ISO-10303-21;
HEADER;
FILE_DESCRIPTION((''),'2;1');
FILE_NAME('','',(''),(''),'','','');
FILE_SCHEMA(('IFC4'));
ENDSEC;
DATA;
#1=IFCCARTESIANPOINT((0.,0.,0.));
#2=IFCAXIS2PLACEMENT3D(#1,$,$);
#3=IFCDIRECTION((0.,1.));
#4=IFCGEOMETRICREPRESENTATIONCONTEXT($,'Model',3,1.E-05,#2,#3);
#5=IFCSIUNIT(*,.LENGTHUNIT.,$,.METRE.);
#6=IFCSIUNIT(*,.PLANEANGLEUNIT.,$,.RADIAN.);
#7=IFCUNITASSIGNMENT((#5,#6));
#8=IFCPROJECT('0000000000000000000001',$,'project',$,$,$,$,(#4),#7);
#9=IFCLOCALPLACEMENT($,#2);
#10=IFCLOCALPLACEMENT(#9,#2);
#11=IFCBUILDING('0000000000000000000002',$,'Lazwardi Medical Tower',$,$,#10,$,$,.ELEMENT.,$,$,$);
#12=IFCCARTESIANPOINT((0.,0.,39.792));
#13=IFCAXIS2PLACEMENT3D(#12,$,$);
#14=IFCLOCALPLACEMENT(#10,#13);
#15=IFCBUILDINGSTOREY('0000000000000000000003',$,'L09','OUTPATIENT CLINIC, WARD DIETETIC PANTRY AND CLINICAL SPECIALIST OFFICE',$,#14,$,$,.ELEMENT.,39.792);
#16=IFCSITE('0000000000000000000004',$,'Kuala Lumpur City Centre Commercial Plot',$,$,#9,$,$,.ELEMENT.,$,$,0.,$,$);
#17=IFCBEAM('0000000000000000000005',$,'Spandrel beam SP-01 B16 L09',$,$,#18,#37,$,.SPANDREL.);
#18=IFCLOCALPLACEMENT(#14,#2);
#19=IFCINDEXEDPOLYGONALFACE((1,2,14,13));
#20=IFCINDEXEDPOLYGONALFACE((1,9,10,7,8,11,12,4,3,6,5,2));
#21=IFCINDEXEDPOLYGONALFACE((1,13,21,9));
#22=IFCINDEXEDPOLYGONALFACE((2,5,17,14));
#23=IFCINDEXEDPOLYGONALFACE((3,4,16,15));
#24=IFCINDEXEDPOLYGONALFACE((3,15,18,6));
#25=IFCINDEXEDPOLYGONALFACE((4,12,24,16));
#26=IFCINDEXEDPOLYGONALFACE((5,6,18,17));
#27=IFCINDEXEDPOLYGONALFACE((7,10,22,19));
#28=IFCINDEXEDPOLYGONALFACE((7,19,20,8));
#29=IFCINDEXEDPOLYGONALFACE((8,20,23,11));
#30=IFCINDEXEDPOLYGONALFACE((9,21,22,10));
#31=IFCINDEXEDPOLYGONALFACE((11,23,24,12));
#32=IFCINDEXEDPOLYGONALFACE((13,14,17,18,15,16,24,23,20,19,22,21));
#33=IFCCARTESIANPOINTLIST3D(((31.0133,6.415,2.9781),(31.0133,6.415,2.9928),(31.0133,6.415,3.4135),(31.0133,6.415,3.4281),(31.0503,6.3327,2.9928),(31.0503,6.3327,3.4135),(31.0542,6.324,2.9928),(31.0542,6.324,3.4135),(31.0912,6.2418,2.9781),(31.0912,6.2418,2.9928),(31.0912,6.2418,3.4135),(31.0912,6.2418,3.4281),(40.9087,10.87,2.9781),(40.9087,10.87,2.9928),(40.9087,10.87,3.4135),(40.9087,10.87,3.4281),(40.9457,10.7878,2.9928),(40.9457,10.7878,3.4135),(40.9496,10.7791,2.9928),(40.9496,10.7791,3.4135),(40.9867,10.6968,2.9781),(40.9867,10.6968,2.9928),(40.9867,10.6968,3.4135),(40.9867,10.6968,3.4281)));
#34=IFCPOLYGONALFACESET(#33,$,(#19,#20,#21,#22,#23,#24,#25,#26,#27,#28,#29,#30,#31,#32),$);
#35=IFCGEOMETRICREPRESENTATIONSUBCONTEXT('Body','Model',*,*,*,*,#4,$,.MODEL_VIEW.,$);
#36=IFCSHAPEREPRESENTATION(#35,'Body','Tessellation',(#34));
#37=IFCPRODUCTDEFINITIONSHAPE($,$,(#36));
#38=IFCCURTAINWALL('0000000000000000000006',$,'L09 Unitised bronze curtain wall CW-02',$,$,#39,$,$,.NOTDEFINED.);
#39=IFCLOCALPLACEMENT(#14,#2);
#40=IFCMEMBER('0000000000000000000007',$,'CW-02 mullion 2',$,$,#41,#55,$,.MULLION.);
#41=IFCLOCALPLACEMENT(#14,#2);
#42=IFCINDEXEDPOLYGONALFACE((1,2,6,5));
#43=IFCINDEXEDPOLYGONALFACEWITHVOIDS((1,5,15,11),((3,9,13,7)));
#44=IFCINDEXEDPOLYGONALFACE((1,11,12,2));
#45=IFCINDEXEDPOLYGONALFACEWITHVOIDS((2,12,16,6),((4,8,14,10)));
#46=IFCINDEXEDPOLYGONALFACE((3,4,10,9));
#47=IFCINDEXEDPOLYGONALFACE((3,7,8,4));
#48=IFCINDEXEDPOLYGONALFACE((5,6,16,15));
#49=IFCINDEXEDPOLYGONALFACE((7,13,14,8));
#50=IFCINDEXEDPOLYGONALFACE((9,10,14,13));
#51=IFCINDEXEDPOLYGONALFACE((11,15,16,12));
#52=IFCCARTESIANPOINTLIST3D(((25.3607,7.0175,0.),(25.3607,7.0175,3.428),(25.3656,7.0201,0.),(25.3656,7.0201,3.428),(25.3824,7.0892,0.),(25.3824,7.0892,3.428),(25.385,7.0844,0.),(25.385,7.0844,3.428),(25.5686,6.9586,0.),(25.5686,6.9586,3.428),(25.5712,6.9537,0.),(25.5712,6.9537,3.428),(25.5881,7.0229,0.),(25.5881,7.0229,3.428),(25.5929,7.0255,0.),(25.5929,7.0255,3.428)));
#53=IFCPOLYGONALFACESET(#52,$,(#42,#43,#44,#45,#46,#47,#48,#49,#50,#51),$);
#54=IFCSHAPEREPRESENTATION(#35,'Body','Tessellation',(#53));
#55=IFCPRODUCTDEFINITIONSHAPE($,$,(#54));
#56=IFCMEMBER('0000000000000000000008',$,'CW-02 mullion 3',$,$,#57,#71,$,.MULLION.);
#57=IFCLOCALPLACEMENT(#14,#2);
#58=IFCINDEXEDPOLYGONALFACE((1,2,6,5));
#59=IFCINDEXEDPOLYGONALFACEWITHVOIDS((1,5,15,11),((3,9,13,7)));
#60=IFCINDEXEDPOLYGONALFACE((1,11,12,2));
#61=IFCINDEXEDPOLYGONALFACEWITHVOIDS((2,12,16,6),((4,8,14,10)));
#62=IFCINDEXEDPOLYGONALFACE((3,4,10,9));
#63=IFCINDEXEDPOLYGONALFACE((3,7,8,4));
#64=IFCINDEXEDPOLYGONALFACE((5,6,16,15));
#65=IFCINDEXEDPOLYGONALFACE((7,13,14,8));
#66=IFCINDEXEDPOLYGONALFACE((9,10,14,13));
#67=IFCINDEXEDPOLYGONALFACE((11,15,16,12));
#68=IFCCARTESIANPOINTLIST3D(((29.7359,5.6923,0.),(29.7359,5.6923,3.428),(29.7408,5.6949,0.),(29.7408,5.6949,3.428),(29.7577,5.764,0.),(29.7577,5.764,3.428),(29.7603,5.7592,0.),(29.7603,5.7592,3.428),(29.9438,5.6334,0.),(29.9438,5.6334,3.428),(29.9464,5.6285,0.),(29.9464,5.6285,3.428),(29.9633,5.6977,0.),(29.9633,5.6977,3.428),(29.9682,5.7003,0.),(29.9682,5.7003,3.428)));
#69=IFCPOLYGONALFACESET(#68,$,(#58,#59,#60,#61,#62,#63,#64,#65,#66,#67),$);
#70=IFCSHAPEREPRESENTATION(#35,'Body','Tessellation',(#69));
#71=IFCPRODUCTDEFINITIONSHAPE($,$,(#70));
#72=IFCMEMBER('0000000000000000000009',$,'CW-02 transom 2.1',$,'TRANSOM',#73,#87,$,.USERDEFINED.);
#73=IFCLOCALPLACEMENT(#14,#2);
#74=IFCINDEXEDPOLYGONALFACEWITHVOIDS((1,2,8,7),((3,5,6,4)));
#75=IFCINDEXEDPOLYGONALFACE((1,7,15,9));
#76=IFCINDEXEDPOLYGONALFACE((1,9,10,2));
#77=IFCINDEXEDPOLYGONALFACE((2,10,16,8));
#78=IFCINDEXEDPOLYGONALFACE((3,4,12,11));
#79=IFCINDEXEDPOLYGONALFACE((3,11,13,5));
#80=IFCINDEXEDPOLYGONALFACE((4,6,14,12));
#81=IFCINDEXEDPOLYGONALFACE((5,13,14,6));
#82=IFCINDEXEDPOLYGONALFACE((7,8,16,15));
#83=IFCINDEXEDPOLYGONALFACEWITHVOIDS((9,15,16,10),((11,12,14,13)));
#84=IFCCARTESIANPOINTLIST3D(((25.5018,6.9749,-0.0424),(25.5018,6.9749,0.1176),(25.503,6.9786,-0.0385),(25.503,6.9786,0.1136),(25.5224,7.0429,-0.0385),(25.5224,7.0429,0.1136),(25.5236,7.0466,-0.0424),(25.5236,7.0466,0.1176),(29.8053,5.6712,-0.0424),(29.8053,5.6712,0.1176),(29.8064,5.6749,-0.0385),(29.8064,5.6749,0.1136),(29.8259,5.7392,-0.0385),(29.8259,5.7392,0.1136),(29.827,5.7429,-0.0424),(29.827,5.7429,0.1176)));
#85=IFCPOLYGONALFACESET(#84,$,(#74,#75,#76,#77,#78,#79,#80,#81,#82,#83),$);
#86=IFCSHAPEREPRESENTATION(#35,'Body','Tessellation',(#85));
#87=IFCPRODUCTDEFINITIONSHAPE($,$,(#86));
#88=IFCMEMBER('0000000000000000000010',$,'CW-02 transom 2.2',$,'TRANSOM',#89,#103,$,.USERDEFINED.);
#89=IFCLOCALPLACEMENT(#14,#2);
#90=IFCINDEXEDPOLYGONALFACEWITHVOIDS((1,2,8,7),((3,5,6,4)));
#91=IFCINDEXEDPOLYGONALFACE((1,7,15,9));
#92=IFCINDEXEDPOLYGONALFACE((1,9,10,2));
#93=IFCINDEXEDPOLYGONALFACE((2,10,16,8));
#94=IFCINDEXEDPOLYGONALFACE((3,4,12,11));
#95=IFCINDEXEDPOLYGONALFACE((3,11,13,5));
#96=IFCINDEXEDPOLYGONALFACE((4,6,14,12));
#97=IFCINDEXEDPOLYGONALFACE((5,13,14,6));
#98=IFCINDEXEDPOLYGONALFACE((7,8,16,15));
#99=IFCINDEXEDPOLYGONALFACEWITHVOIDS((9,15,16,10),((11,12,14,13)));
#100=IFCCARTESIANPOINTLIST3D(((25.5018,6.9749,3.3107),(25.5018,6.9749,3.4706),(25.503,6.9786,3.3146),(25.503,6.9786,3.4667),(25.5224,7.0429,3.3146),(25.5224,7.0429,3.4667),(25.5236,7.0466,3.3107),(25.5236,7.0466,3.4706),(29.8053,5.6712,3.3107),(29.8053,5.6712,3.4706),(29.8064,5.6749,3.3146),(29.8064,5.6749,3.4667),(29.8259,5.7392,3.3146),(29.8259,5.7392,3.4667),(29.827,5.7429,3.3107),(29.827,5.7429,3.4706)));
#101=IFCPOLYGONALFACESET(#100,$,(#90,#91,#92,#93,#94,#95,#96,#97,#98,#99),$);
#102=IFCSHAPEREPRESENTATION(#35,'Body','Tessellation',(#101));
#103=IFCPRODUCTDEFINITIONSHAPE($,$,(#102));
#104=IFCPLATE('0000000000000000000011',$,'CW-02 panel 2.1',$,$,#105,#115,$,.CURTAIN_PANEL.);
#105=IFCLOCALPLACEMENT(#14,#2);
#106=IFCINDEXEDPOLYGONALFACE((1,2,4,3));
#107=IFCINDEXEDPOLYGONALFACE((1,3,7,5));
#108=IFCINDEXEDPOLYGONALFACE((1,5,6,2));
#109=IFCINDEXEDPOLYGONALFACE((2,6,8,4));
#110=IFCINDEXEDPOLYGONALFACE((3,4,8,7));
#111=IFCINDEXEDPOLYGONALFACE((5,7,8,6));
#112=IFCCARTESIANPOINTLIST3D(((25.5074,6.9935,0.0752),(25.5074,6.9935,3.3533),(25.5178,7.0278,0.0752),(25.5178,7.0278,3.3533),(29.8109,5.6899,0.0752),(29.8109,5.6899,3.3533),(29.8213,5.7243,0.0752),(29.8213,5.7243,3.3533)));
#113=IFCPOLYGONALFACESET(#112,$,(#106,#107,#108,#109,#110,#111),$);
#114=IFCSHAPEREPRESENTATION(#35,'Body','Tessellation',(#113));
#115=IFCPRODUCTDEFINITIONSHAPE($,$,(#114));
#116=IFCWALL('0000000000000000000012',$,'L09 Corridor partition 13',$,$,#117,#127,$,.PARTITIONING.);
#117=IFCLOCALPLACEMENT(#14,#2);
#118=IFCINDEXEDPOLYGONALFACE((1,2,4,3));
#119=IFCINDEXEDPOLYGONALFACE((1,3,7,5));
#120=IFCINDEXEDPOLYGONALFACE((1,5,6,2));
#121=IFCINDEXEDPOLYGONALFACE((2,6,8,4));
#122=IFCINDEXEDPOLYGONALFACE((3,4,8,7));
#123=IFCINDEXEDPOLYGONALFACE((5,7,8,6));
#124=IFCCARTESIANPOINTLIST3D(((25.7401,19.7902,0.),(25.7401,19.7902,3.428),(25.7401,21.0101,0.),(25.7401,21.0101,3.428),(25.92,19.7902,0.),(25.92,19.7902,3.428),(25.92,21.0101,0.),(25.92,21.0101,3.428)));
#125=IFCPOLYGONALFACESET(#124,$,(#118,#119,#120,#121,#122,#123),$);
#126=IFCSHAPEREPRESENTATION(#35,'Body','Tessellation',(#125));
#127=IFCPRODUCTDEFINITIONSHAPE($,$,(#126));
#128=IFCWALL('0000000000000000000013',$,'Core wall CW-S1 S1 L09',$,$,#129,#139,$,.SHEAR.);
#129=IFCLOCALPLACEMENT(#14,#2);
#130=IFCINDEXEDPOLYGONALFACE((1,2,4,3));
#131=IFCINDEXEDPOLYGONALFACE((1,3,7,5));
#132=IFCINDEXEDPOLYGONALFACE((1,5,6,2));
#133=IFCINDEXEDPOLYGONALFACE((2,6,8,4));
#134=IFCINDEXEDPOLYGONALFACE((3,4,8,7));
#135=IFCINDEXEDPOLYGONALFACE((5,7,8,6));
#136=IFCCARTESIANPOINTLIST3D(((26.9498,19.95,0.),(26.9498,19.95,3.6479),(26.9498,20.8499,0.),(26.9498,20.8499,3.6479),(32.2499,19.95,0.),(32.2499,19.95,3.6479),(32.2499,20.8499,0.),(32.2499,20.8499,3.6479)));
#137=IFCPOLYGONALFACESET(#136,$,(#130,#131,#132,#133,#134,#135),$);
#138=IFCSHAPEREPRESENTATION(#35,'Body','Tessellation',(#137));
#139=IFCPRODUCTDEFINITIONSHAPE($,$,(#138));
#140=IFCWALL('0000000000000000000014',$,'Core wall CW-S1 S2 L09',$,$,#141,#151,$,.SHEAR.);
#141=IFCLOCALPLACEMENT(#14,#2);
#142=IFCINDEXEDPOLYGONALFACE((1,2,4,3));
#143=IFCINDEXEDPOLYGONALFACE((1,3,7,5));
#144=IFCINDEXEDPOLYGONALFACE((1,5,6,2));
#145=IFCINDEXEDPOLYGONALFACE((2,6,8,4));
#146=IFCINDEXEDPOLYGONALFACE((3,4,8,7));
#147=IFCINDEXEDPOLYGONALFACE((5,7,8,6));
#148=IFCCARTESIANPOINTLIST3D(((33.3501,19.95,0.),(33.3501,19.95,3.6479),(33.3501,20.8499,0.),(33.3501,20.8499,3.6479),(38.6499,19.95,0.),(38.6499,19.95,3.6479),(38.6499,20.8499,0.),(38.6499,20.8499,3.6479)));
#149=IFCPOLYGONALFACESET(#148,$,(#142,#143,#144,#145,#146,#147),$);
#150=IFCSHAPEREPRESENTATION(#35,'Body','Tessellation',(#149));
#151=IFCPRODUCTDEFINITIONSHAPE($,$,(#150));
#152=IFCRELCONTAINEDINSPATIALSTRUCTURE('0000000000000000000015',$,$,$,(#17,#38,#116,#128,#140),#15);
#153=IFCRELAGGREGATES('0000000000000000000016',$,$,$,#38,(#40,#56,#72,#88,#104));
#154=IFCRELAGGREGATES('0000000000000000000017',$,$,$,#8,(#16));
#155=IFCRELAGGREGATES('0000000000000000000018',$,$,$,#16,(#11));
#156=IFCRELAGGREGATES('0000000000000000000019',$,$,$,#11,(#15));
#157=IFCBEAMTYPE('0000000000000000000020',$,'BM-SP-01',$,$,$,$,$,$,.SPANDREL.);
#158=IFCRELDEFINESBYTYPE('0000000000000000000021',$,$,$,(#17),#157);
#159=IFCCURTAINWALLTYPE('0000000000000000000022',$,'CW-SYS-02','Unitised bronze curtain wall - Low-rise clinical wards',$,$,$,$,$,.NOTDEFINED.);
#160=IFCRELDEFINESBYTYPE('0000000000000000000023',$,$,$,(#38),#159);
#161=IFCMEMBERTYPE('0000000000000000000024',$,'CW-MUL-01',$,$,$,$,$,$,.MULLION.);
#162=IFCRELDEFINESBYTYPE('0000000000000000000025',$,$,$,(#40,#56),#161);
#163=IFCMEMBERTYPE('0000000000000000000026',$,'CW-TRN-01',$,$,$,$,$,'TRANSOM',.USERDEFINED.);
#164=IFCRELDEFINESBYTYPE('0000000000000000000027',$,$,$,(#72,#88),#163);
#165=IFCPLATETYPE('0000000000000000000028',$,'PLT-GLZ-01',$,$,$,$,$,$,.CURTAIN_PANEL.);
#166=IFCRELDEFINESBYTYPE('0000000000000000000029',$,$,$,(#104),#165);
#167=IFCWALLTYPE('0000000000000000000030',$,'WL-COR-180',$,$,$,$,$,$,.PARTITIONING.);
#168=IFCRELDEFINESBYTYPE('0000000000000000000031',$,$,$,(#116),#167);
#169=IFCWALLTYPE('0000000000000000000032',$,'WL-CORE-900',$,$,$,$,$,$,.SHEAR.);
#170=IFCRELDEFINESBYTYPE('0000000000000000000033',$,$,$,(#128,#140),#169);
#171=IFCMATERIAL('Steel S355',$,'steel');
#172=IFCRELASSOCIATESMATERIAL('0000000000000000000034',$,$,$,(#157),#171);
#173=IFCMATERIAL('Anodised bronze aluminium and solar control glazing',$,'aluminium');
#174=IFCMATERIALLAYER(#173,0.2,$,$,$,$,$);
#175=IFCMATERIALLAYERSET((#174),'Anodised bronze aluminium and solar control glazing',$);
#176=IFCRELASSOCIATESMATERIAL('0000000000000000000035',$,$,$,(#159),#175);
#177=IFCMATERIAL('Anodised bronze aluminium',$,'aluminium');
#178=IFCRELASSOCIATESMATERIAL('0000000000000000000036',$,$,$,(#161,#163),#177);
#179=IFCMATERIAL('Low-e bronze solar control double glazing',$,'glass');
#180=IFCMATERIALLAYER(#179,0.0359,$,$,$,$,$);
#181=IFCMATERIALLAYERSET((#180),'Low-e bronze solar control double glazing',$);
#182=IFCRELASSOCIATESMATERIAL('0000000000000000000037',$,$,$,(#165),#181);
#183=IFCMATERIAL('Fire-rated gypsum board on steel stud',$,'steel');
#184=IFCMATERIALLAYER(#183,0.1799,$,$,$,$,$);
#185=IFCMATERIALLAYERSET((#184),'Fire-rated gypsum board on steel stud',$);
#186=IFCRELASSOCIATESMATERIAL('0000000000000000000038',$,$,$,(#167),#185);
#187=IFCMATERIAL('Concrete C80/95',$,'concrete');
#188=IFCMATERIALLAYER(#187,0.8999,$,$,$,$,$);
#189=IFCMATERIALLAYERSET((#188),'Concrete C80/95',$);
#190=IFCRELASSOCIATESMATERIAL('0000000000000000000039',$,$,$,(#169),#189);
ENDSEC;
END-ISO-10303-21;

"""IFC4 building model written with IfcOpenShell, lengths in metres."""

from ifc_helpers import new_model, si_unit, direction, frame, frame_2d, origin, origin_2d, place, context, subcontext, project, spatial, rectangle, hollow_rectangle, i_section, extrude, material, layer, layer_set, material_profile, profile_set, type_object, element, aggregate, save


model = new_model("IFC4")

# Units and contexts
model_context = context("Model", 3, precision=1e-05, world=origin(), true_north=direction((0.0, 1.0)))
body_context = subcontext(model_context, "Body", "Model", "MODEL_VIEW")
ifc_project = project(units=[si_unit("LENGTHUNIT", "METRE"), si_unit("PLANEANGLEUNIT", "RADIAN")], contexts=[model_context])

# Site, building, storey
site_placement = place(None, origin())
site = spatial("IfcSite", under=ifc_project, at=site_placement, Name="Kuala Lumpur City Centre Commercial Plot", CompositionType="ELEMENT", RefElevation=0.0)
building_placement = place(site_placement, origin())
building = spatial("IfcBuilding", under=site, at=building_placement, Name="Lazwardi Medical Tower", CompositionType="ELEMENT")
storey_placement = place(building_placement, frame((0.0, 0.0, 39.792)))
storey = spatial("IfcBuildingStorey", under=building, at=storey_placement, Name="L09", Description="OUTPATIENT CLINIC, WARD DIETETIC PANTRY AND CLINICAL SPECIALIST OFFICE", CompositionType="ELEMENT", Elevation=39.792)

# Shared definitions
ifc_material_1 = material(Name="Concrete C80/95", Category="concrete")

# Beam
ifc_material_2 = material(Name="Steel S355", Category="steel")
ifc_material_profile_1 = material_profile(ifc_material_2, i_section(OverallWidth=0.1899, OverallDepth=0.45, WebThickness=0.0095, FlangeThickness=0.0146, at=origin_2d()), Name="IPE 450")
ifc_profile_set_1 = profile_set([ifc_material_profile_1], Name="Steel S355")
beam_type_1 = type_object("IfcBeamType", Name="BM-SP-01", PredefinedType="SPANDREL", material=ifc_profile_set_1)
beam_1_placement = place(storey_placement, frame((31.0522, 6.3284, 3.2031), z_axis=(0.911849, 0.410526, 0.0), x_axis=(-0.410526, 0.911849, 0.0)))
element("IfcBeam", 1, at=beam_1_placement, inside=storey, type_object=beam_type_1, Name="Spandrel beam SP-01 B16 L09", PredefinedType="SPANDREL", context=body_context, shape_type="SweptSolid", body=[
    extrude(i_section(OverallWidth=0.1899, OverallDepth=0.45, WebThickness=0.0095, FlangeThickness=0.0146, at=origin_2d()), origin(), (0.0, 0.0, 1.0), 10.8521),
])

# Curtain wall, members, plate
ifc_material_3 = material(Name="Anodised bronze aluminium and solar control glazing", Category="aluminium")
ifc_layer_1 = layer(ifc_material_3, 0.2)
ifc_layer_set_1 = layer_set([ifc_layer_1], Name="Anodised bronze aluminium and solar control glazing")
curtain_wall_type = type_object("IfcCurtainWallType", Name="CW-SYS-02", Description="Unitised bronze curtain wall - Low-rise clinical wards", PredefinedType="NOTDEFINED", material=ifc_layer_set_1)
curtain_wall_placement = place(storey_placement, origin())
curtain_wall = element("IfcCurtainWall", 2, at=curtain_wall_placement, inside=storey, type_object=curtain_wall_type, Name="L09 Unitised bronze curtain wall CW-02", PredefinedType="NOTDEFINED")
ifc_material_4 = material(Name="Anodised bronze aluminium", Category="aluminium")
ifc_material_profile_2 = material_profile(ifc_material_4, hollow_rectangle(XDim=0.075, YDim=0.22, WallThickness=0.0039, at=origin_2d()), Name="ALU-MULLION 220x75x4")
ifc_profile_set_2 = profile_set([ifc_material_profile_2], Name="Anodised bronze aluminium")
member_type_1 = type_object("IfcMemberType", Name="CW-MUL-01", PredefinedType="MULLION", material=ifc_profile_set_2)
member_1_placement = place(storey_placement, frame((25.4768, 7.0215, 0.0), z_axis=(0.0, 0.0, 1.0), x_axis=(0.289896, 0.957058, 0.0)))
member_1 = element("IfcMember", 3, at=member_1_placement, type_object=member_type_1, Name="CW-02 mullion 2", PredefinedType="MULLION", context=body_context, shape_type="SweptSolid", body=[
    extrude(hollow_rectangle(XDim=0.075, YDim=0.22, WallThickness=0.0039, at=origin_2d()), origin(), (0.0, 0.0, 1.0), 3.428),
])
member_2_placement = place(storey_placement, frame((29.8521, 5.6963, 0.0), z_axis=(0.0, 0.0, 1.0), x_axis=(0.289896, 0.957058, 0.0)))
member_2 = element("IfcMember", 4, at=member_2_placement, type_object=member_type_1, Name="CW-02 mullion 3", PredefinedType="MULLION", context=body_context, shape_type="SweptSolid", body=[
    extrude(hollow_rectangle(XDim=0.075, YDim=0.22, WallThickness=0.0039, at=origin_2d()), origin(), (0.0, 0.0, 1.0), 3.428),
])
ifc_material_profile_3 = material_profile(ifc_material_4, hollow_rectangle(XDim=0.075, YDim=0.1599, WallThickness=0.0039, at=origin_2d()), Name="ALU-TRANSOM 160x75x4")
ifc_profile_set_3 = profile_set([ifc_material_profile_3], Name="Anodised bronze aluminium")
member_type_2 = type_object("IfcMemberType", Name="CW-TRN-01", ElementType="TRANSOM", PredefinedType="USERDEFINED", material=ifc_profile_set_3)
member_3_placement = place(storey_placement, frame((25.5127, 7.0107, 0.0376), z_axis=(0.957047, -0.289932, 0.0), x_axis=(0.289932, 0.957047, 0.0)))
member_3 = element("IfcMember", 5, at=member_3_placement, type_object=member_type_2, Name="CW-02 transom 2.1", ObjectType="TRANSOM", PredefinedType="USERDEFINED", context=body_context, shape_type="SweptSolid", body=[
    extrude(hollow_rectangle(XDim=0.075, YDim=0.1599, WallThickness=0.0039, at=origin_2d()), origin(), (0.0, 0.0, 1.0), 4.4966),
])
member_4_placement = place(storey_placement, frame((25.5127, 7.0107, 3.3906), z_axis=(0.957047, -0.289932, 0.0), x_axis=(0.289932, 0.957047, 0.0)))
member_4 = element("IfcMember", 6, at=member_4_placement, type_object=member_type_2, Name="CW-02 transom 2.2", ObjectType="TRANSOM", PredefinedType="USERDEFINED", context=body_context, shape_type="SweptSolid", body=[
    extrude(hollow_rectangle(XDim=0.075, YDim=0.1599, WallThickness=0.0039, at=origin_2d()), origin(), (0.0, 0.0, 1.0), 4.4966),
])
ifc_material_5 = material(Name="Low-e bronze solar control double glazing", Category="glass")
ifc_layer_2 = layer(ifc_material_5, 0.0359)
ifc_layer_set_2 = layer_set([ifc_layer_2], Name="Low-e bronze solar control double glazing")
plate_type = type_object("IfcPlateType", Name="PLT-GLZ-01", PredefinedType="CURTAIN_PANEL", material=ifc_layer_set_2)
plate_placement = place(storey_placement, frame((27.6643, 6.3589, 0.0752), z_axis=(0.0, 0.0, 1.0), x_axis=(0.957058, -0.289896, 0.0)))
plate = element("IfcPlate", 7, at=plate_placement, type_object=plate_type, Name="CW-02 panel 2.1", PredefinedType="CURTAIN_PANEL", context=body_context, shape_type="SweptSolid", body=[
    extrude(rectangle(XDim=4.4966, YDim=0.0359, at=origin_2d()), origin(), (0.0, 0.0, 1.0), 3.2781),
])
aggregate(curtain_wall, [member_1, member_2, member_3, member_4, plate])

# Wall
ifc_material_6 = material(Name="Fire-rated gypsum board on steel stud", Category="steel")
ifc_layer_3 = layer(ifc_material_6, 0.1799)
ifc_layer_set_3 = layer_set([ifc_layer_3], Name="Fire-rated gypsum board on steel stud")
wall_type_1 = type_object("IfcWallType", Name="WL-COR-180", PredefinedType="PARTITIONING", material=ifc_layer_set_3)
wall_1_placement = place(storey_placement, frame((25.8301, 21.01, 0.0), z_axis=(0.0, 0.0, 1.0), x_axis=(0.0, -1.0, 0.0)))
element("IfcWall", 8, at=wall_1_placement, inside=storey, type_object=wall_type_1, Name="L09 Corridor partition 13", PredefinedType="PARTITIONING", context=body_context, shape_type="SweptSolid", body=[
    extrude(rectangle(XDim=1.22, YDim=0.1799, at=frame_2d((0.6099, 0.0))), origin(), (0.0, 0.0, 1.0), 3.428),
])

# Shared definitions
ifc_layer_4 = layer(ifc_material_1, 0.8999)
ifc_layer_set_4 = layer_set([ifc_layer_4], Name="Concrete C80/95")
wall_type_2 = type_object("IfcWallType", Name="WL-CORE-900", PredefinedType="SHEAR", material=ifc_layer_set_4)

# Walls
wall_2_placement = place(storey_placement, frame((26.95, 20.3999, 0.0), z_axis=(0.0, 0.0, 1.0), x_axis=(1.0, 0.0, 0.0)))
element("IfcWall", 9, at=wall_2_placement, inside=storey, type_object=wall_type_2, Name="Core wall CW-S1 S1 L09", PredefinedType="SHEAR", context=body_context, shape_type="SweptSolid", body=[
    extrude(rectangle(XDim=5.3, YDim=0.8999, at=frame_2d((2.6499, 0.0))), origin(), (0.0, 0.0, 1.0), 3.6479),
])
wall_3_placement = place(storey_placement, frame((33.3501, 20.3999, 0.0), z_axis=(0.0, 0.0, 1.0), x_axis=(1.0, 0.0, 0.0)))
element("IfcWall", 10, at=wall_3_placement, inside=storey, type_object=wall_type_2, Name="Core wall CW-S1 S2 L09", PredefinedType="SHEAR", context=body_context, shape_type="SweptSolid", body=[
    extrude(rectangle(XDim=5.2998, YDim=0.8999, at=frame_2d((2.6499, 0.0))), origin(), (0.0, 0.0, 1.0), 3.6479),
])

save(model, "model.ifc")
